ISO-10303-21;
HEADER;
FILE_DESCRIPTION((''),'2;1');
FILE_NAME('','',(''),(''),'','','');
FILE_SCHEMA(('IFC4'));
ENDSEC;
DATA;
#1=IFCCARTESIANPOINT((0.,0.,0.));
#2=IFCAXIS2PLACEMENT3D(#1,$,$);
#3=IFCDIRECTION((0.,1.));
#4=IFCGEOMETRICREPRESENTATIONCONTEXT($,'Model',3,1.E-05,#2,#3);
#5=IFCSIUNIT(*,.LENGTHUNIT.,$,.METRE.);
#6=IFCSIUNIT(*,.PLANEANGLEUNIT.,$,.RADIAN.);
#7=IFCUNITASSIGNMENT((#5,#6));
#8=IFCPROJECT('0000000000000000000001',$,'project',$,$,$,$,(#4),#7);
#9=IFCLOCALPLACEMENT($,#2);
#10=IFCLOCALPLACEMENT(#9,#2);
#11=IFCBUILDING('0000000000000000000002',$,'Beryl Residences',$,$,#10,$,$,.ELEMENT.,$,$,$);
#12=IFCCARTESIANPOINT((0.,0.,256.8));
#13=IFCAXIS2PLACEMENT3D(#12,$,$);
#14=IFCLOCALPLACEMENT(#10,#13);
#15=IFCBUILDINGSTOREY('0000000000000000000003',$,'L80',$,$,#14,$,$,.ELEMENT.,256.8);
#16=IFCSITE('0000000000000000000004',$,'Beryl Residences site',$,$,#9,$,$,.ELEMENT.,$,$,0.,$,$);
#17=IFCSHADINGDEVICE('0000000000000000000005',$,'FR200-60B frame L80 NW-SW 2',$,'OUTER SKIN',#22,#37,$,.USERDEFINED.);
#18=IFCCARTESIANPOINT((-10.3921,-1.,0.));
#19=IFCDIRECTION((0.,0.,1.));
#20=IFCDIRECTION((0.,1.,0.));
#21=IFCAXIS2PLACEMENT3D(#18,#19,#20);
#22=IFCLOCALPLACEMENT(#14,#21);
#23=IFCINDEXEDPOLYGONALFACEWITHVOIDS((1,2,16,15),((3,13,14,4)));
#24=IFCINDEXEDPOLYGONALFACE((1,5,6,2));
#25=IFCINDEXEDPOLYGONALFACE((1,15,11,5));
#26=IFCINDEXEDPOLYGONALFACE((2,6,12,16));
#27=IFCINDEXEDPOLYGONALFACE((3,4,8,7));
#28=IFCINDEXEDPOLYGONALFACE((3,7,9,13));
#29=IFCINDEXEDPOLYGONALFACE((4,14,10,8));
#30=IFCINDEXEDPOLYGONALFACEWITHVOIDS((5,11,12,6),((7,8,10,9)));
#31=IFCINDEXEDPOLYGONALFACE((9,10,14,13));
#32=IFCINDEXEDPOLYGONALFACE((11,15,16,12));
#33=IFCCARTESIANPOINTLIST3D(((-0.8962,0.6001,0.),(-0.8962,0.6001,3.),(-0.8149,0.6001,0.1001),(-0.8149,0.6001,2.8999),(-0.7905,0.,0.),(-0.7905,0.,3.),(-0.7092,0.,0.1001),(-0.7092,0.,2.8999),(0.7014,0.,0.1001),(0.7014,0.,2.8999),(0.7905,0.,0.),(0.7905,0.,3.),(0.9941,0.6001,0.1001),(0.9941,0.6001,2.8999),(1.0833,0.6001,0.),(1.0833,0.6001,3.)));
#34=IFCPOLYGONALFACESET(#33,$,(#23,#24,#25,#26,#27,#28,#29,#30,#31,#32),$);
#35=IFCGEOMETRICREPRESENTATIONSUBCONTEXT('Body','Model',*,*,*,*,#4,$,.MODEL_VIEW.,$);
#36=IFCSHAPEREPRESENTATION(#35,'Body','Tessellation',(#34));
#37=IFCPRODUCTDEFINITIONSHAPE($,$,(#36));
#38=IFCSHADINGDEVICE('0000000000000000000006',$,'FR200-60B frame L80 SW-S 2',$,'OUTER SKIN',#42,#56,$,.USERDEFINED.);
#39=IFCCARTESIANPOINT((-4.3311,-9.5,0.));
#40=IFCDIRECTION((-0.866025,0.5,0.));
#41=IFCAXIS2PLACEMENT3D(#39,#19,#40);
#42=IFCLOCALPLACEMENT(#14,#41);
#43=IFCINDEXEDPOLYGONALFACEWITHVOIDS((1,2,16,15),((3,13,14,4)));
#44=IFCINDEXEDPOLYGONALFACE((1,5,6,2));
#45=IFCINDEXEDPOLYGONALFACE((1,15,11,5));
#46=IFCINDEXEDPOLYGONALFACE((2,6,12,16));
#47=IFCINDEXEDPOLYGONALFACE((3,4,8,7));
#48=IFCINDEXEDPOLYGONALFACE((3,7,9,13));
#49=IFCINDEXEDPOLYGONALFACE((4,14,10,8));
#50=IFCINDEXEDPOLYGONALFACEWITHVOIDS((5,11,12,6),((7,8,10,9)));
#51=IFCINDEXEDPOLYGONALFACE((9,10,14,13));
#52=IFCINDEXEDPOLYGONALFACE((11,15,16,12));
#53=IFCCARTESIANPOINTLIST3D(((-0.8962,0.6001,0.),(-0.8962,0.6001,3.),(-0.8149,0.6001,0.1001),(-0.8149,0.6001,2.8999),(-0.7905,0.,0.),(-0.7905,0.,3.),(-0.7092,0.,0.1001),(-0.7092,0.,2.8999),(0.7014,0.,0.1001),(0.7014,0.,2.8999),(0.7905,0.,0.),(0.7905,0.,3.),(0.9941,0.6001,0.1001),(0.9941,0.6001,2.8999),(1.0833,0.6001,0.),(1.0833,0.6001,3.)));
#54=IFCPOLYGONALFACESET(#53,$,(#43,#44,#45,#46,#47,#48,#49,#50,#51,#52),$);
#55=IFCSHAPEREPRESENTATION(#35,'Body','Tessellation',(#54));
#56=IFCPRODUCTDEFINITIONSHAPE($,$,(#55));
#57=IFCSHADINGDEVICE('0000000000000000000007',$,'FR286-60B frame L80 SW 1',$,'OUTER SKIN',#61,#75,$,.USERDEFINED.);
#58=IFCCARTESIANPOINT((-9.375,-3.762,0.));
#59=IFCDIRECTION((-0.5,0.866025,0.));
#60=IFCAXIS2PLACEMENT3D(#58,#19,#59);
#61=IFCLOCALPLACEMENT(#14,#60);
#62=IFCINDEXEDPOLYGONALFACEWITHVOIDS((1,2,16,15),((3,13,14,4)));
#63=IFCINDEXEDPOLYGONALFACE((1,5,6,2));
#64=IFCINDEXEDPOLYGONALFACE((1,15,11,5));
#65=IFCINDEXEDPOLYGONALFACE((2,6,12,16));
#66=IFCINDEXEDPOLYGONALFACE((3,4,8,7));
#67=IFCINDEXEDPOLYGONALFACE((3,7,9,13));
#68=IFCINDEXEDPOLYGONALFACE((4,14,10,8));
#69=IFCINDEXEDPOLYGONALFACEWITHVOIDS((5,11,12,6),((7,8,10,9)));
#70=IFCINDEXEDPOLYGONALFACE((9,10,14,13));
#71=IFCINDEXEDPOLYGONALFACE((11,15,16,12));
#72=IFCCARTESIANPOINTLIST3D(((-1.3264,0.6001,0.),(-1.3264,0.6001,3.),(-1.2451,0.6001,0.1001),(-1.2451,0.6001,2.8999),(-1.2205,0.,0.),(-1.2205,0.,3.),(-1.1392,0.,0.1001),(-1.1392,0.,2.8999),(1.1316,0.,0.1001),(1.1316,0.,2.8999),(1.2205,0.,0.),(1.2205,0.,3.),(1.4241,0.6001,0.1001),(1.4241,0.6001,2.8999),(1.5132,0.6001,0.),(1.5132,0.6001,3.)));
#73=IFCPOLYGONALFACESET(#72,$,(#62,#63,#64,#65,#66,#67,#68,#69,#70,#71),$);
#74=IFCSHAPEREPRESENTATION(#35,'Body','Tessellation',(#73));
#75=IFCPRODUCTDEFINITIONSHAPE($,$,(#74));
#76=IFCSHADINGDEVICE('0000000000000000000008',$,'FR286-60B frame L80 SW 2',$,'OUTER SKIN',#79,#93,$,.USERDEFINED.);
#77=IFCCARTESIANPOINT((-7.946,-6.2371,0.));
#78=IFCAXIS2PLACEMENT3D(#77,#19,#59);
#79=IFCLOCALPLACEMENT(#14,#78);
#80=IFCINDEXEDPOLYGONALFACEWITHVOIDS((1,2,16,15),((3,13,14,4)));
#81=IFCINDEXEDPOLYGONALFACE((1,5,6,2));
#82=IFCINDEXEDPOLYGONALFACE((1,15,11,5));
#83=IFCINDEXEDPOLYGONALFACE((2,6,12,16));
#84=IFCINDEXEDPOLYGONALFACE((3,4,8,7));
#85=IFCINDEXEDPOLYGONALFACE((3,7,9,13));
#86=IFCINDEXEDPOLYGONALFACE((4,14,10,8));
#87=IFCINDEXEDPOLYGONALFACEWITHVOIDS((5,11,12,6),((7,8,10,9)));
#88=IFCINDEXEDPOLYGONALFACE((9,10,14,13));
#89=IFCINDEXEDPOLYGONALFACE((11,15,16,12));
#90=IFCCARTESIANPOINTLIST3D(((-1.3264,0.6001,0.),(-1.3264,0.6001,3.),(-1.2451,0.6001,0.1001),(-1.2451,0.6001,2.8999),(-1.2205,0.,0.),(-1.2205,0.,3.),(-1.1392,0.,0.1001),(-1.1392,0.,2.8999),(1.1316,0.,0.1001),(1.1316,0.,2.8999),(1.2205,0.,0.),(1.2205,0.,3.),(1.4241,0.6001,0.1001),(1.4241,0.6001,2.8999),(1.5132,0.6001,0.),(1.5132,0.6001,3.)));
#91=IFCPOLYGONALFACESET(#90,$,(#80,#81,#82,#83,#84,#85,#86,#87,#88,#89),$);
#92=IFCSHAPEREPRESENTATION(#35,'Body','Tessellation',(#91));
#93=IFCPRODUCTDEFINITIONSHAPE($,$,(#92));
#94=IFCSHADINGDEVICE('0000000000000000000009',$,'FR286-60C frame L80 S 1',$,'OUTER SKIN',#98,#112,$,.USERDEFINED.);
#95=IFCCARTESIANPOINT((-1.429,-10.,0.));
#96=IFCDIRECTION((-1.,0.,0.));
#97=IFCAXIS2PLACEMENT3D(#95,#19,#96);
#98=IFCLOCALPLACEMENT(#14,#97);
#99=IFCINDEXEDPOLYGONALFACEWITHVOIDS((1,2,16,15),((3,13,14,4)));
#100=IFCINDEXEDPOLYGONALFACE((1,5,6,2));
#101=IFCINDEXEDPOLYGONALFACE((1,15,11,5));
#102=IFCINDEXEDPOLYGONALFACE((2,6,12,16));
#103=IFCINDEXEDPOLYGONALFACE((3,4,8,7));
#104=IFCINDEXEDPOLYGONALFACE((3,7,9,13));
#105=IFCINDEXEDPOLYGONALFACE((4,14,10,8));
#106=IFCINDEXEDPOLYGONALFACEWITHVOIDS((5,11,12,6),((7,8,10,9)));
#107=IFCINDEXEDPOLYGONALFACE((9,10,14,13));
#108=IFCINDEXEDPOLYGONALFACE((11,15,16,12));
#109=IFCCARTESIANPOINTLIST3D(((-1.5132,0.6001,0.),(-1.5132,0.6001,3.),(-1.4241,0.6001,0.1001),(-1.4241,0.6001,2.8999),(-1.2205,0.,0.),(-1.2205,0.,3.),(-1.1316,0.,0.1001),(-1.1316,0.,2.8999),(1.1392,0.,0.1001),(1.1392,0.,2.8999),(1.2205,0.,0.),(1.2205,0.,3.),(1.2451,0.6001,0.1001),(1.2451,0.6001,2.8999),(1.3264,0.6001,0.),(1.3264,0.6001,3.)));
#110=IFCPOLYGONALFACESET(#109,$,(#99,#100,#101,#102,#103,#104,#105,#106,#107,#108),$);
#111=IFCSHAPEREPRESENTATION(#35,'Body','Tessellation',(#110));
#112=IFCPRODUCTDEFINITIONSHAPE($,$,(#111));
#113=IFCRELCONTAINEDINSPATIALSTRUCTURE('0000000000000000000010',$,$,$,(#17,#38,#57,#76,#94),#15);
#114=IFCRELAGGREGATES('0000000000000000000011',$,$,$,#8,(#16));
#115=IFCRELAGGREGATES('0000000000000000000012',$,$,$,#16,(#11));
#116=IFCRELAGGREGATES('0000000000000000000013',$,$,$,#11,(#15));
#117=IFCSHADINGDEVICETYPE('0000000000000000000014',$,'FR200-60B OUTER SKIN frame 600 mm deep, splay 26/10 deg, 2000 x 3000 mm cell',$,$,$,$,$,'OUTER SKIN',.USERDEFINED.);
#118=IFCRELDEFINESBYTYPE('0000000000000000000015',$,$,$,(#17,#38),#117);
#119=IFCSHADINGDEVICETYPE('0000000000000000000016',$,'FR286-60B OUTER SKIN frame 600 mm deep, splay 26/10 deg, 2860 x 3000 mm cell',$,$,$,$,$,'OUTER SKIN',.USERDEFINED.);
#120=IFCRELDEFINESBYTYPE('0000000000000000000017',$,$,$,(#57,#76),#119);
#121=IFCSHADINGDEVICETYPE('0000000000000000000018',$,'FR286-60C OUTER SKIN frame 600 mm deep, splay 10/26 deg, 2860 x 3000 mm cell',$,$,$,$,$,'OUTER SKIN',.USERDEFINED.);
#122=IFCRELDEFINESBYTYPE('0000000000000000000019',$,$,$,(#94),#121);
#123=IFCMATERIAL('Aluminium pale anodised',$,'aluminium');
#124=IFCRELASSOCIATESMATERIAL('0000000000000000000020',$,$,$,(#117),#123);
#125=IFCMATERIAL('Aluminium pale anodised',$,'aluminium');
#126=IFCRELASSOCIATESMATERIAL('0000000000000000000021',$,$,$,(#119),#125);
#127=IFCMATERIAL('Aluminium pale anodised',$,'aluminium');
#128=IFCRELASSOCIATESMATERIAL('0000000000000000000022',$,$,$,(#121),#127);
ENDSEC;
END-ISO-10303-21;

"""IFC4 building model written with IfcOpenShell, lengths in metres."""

from ifc_helpers import new_model, entity, si_unit, direction, frame, origin, place, context, subcontext, project, spatial, source, transform, mapped, material, type_object, type_shapes, element, save


model = new_model("IFC4")

# Units and contexts
model_context = context("Model", 3, precision=1e-05, world=origin(), true_north=direction((0.0, 1.0)))
body_context = subcontext(model_context, "Body", "Model", "MODEL_VIEW")
ifc_project = project(units=[si_unit("LENGTHUNIT", "METRE"), si_unit("PLANEANGLEUNIT", "RADIAN")], contexts=[model_context])

# Site, building, storey
site_placement = place(None, origin())
site = spatial("IfcSite", under=ifc_project, at=site_placement, Name="Beryl Residences site", CompositionType="ELEMENT", RefElevation=0.0)
building_placement = place(site_placement, origin())
building = spatial("IfcBuilding", under=site, at=building_placement, Name="Beryl Residences", CompositionType="ELEMENT")
storey_placement = place(building_placement, frame((0.0, 0.0, 256.8)))
storey = spatial("IfcBuildingStorey", under=building, at=storey_placement, Name="L80", CompositionType="ELEMENT", Elevation=256.8)

# Shading devices
ifc_material_1 = material(Name="Aluminium pale anodised", Category="aluminium")
shading_device_type_1 = type_object("IfcShadingDeviceType", Name="FR200-60B OUTER SKIN frame 600 mm deep, splay 26/10 deg, 2000 x 3000 mm cell", ElementType="OUTER SKIN", PredefinedType="USERDEFINED", material=ifc_material_1)
cartesian_point_1 = entity("IfcCartesianPoint", [-0.7905, 0.0])
cartesian_point_2 = entity("IfcCartesianPoint", [-0.7014, 0.1001])
cartesian_point_3 = entity("IfcCartesianPoint", [-1.0833, 0.0])
cartesian_point_4 = entity("IfcCartesianPoint", [-0.9941, 0.1001])
shared_shape_1 = source(origin(), body_context, "Body", "SweptSolid", [
    entity("IfcExtrudedAreaSolidTapered", entity("IfcArbitraryProfileDefWithVoids", "AREA", None, entity("IfcPolyline", [cartesian_point_1, entity("IfcCartesianPoint", [0.7905, 0.0]), entity("IfcCartesianPoint", [0.7905, 3.0]), entity("IfcCartesianPoint", [-0.7905, 3.0]), cartesian_point_1]), [entity("IfcPolyline", [cartesian_point_2, entity("IfcCartesianPoint", [0.7092, 0.1001]), entity("IfcCartesianPoint", [0.7092, 2.8999]), entity("IfcCartesianPoint", [-0.7014, 2.8999]), cartesian_point_2])]), entity("IfcAxis2Placement3D", entity("IfcCartesianPoint", [0.0, 0.0, 0.0]), entity("IfcDirection", [0.0, 1.0, 0.0]), entity("IfcDirection", [-1.0, 0.0, 0.0])), entity("IfcDirection", [0.0, 0.0, 1.0]), 0.6001, entity("IfcArbitraryProfileDefWithVoids", "AREA", None, entity("IfcPolyline", [cartesian_point_3, entity("IfcCartesianPoint", [0.8962, 0.0]), entity("IfcCartesianPoint", [0.8962, 3.0]), entity("IfcCartesianPoint", [-1.0833, 3.0]), cartesian_point_3]), [entity("IfcPolyline", [cartesian_point_4, entity("IfcCartesianPoint", [0.8149, 0.1001]), entity("IfcCartesianPoint", [0.8149, 2.8999]), entity("IfcCartesianPoint", [-0.9941, 2.8999]), cartesian_point_4])])),
])
type_shapes(shading_device_type_1, [shared_shape_1])
for number, where, z_axis, x_axis, name in (
    (1, (-10.3921, -1.0, 0.0), (0.0, 0.0, 1.0), (0.0, 1.0, 0.0), "FR200-60B frame L80 NW-SW 2"),
    (2, (-4.3311, -9.5, 0.0), (0.0, 0.0, 1.0), (-0.866025, 0.5, 0.0), "FR200-60B frame L80 SW-S 2"),
):
    element("IfcShadingDevice", number, at=place(storey_placement, frame(where, z_axis=z_axis, x_axis=x_axis)), inside=storey, type_object=shading_device_type_1, Name=name, ObjectType="OUTER SKIN", PredefinedType="USERDEFINED", context=body_context, shape_type="MappedRepresentation", body=[
        mapped(shared_shape_1, transform((0.0, 0.0, 0.0))),
    ])
ifc_material_2 = material(Name="Aluminium pale anodised", Category="aluminium")
shading_device_type_2 = type_object("IfcShadingDeviceType", Name="FR286-60B OUTER SKIN frame 600 mm deep, splay 26/10 deg, 2860 x 3000 mm cell", ElementType="OUTER SKIN", PredefinedType="USERDEFINED", material=ifc_material_2)
cartesian_point_5 = entity("IfcCartesianPoint", [-1.2205, 0.0])
cartesian_point_6 = entity("IfcCartesianPoint", [-1.1316, 0.1001])
cartesian_point_7 = entity("IfcCartesianPoint", [-1.5132, 0.0])
cartesian_point_8 = entity("IfcCartesianPoint", [-1.4241, 0.1001])
shared_shape_2 = source(origin(), body_context, "Body", "SweptSolid", [
    entity("IfcExtrudedAreaSolidTapered", entity("IfcArbitraryProfileDefWithVoids", "AREA", None, entity("IfcPolyline", [cartesian_point_5, entity("IfcCartesianPoint", [1.2205, 0.0]), entity("IfcCartesianPoint", [1.2205, 3.0]), entity("IfcCartesianPoint", [-1.2205, 3.0]), cartesian_point_5]), [entity("IfcPolyline", [cartesian_point_6, entity("IfcCartesianPoint", [1.1392, 0.1001]), entity("IfcCartesianPoint", [1.1392, 2.8999]), entity("IfcCartesianPoint", [-1.1316, 2.8999]), cartesian_point_6])]), entity("IfcAxis2Placement3D", entity("IfcCartesianPoint", [0.0, 0.0, 0.0]), entity("IfcDirection", [0.0, 1.0, 0.0]), entity("IfcDirection", [-1.0, 0.0, 0.0])), entity("IfcDirection", [0.0, 0.0, 1.0]), 0.6001, entity("IfcArbitraryProfileDefWithVoids", "AREA", None, entity("IfcPolyline", [cartesian_point_7, entity("IfcCartesianPoint", [1.3264, 0.0]), entity("IfcCartesianPoint", [1.3264, 3.0]), entity("IfcCartesianPoint", [-1.5132, 3.0]), cartesian_point_7]), [entity("IfcPolyline", [cartesian_point_8, entity("IfcCartesianPoint", [1.2451, 0.1001]), entity("IfcCartesianPoint", [1.2451, 2.8999]), entity("IfcCartesianPoint", [-1.4241, 2.8999]), cartesian_point_8])])),
])
type_shapes(shading_device_type_2, [shared_shape_2])
for number, where, z_axis, x_axis, name in (
    (3, (-9.375, -3.762, 0.0), (0.0, 0.0, 1.0), (-0.5, 0.866025, 0.0), "FR286-60B frame L80 SW 1"),
    (4, (-7.946, -6.2371, 0.0), (0.0, 0.0, 1.0), (-0.5, 0.866025, 0.0), "FR286-60B frame L80 SW 2"),
):
    element("IfcShadingDevice", number, at=place(storey_placement, frame(where, z_axis=z_axis, x_axis=x_axis)), inside=storey, type_object=shading_device_type_2, Name=name, ObjectType="OUTER SKIN", PredefinedType="USERDEFINED", context=body_context, shape_type="MappedRepresentation", body=[
        mapped(shared_shape_2, transform((0.0, 0.0, 0.0))),
    ])
ifc_material_3 = material(Name="Aluminium pale anodised", Category="aluminium")
shading_device_type_3 = type_object("IfcShadingDeviceType", Name="FR286-60C OUTER SKIN frame 600 mm deep, splay 10/26 deg, 2860 x 3000 mm cell", ElementType="OUTER SKIN", PredefinedType="USERDEFINED", material=ifc_material_3)
cartesian_point_9 = entity("IfcCartesianPoint", [-1.2205, 0.0])
cartesian_point_10 = entity("IfcCartesianPoint", [-1.1392, 0.1001])
cartesian_point_11 = entity("IfcCartesianPoint", [-1.3264, 0.0])
cartesian_point_12 = entity("IfcCartesianPoint", [-1.2451, 0.1001])
shared_shape_3 = source(origin(), body_context, "Body", "SweptSolid", [
    entity("IfcExtrudedAreaSolidTapered", entity("IfcArbitraryProfileDefWithVoids", "AREA", None, entity("IfcPolyline", [cartesian_point_9, entity("IfcCartesianPoint", [1.2205, 0.0]), entity("IfcCartesianPoint", [1.2205, 3.0]), entity("IfcCartesianPoint", [-1.2205, 3.0]), cartesian_point_9]), [entity("IfcPolyline", [cartesian_point_10, entity("IfcCartesianPoint", [1.1316, 0.1001]), entity("IfcCartesianPoint", [1.1316, 2.8999]), entity("IfcCartesianPoint", [-1.1392, 2.8999]), cartesian_point_10])]), entity("IfcAxis2Placement3D", entity("IfcCartesianPoint", [0.0, 0.0, 0.0]), entity("IfcDirection", [0.0, 1.0, 0.0]), entity("IfcDirection", [-1.0, 0.0, 0.0])), entity("IfcDirection", [0.0, 0.0, 1.0]), 0.6001, entity("IfcArbitraryProfileDefWithVoids", "AREA", None, entity("IfcPolyline", [cartesian_point_11, entity("IfcCartesianPoint", [1.5132, 0.0]), entity("IfcCartesianPoint", [1.5132, 3.0]), entity("IfcCartesianPoint", [-1.3264, 3.0]), cartesian_point_11]), [entity("IfcPolyline", [cartesian_point_12, entity("IfcCartesianPoint", [1.4241, 0.1001]), entity("IfcCartesianPoint", [1.4241, 2.8999]), entity("IfcCartesianPoint", [-1.2451, 2.8999]), cartesian_point_12])])),
])
type_shapes(shading_device_type_3, [shared_shape_3])
shading_device_placement = place(storey_placement, frame((-1.429, -10.0, 0.0), z_axis=(0.0, 0.0, 1.0), x_axis=(-1.0, 0.0, 0.0)))
element("IfcShadingDevice", 5, at=shading_device_placement, inside=storey, type_object=shading_device_type_3, Name="FR286-60C frame L80 S 1", ObjectType="OUTER SKIN", PredefinedType="USERDEFINED", context=body_context, shape_type="MappedRepresentation", body=[
    mapped(shared_shape_3, transform((0.0, 0.0, 0.0))),
])

save(model, "model.ifc")
